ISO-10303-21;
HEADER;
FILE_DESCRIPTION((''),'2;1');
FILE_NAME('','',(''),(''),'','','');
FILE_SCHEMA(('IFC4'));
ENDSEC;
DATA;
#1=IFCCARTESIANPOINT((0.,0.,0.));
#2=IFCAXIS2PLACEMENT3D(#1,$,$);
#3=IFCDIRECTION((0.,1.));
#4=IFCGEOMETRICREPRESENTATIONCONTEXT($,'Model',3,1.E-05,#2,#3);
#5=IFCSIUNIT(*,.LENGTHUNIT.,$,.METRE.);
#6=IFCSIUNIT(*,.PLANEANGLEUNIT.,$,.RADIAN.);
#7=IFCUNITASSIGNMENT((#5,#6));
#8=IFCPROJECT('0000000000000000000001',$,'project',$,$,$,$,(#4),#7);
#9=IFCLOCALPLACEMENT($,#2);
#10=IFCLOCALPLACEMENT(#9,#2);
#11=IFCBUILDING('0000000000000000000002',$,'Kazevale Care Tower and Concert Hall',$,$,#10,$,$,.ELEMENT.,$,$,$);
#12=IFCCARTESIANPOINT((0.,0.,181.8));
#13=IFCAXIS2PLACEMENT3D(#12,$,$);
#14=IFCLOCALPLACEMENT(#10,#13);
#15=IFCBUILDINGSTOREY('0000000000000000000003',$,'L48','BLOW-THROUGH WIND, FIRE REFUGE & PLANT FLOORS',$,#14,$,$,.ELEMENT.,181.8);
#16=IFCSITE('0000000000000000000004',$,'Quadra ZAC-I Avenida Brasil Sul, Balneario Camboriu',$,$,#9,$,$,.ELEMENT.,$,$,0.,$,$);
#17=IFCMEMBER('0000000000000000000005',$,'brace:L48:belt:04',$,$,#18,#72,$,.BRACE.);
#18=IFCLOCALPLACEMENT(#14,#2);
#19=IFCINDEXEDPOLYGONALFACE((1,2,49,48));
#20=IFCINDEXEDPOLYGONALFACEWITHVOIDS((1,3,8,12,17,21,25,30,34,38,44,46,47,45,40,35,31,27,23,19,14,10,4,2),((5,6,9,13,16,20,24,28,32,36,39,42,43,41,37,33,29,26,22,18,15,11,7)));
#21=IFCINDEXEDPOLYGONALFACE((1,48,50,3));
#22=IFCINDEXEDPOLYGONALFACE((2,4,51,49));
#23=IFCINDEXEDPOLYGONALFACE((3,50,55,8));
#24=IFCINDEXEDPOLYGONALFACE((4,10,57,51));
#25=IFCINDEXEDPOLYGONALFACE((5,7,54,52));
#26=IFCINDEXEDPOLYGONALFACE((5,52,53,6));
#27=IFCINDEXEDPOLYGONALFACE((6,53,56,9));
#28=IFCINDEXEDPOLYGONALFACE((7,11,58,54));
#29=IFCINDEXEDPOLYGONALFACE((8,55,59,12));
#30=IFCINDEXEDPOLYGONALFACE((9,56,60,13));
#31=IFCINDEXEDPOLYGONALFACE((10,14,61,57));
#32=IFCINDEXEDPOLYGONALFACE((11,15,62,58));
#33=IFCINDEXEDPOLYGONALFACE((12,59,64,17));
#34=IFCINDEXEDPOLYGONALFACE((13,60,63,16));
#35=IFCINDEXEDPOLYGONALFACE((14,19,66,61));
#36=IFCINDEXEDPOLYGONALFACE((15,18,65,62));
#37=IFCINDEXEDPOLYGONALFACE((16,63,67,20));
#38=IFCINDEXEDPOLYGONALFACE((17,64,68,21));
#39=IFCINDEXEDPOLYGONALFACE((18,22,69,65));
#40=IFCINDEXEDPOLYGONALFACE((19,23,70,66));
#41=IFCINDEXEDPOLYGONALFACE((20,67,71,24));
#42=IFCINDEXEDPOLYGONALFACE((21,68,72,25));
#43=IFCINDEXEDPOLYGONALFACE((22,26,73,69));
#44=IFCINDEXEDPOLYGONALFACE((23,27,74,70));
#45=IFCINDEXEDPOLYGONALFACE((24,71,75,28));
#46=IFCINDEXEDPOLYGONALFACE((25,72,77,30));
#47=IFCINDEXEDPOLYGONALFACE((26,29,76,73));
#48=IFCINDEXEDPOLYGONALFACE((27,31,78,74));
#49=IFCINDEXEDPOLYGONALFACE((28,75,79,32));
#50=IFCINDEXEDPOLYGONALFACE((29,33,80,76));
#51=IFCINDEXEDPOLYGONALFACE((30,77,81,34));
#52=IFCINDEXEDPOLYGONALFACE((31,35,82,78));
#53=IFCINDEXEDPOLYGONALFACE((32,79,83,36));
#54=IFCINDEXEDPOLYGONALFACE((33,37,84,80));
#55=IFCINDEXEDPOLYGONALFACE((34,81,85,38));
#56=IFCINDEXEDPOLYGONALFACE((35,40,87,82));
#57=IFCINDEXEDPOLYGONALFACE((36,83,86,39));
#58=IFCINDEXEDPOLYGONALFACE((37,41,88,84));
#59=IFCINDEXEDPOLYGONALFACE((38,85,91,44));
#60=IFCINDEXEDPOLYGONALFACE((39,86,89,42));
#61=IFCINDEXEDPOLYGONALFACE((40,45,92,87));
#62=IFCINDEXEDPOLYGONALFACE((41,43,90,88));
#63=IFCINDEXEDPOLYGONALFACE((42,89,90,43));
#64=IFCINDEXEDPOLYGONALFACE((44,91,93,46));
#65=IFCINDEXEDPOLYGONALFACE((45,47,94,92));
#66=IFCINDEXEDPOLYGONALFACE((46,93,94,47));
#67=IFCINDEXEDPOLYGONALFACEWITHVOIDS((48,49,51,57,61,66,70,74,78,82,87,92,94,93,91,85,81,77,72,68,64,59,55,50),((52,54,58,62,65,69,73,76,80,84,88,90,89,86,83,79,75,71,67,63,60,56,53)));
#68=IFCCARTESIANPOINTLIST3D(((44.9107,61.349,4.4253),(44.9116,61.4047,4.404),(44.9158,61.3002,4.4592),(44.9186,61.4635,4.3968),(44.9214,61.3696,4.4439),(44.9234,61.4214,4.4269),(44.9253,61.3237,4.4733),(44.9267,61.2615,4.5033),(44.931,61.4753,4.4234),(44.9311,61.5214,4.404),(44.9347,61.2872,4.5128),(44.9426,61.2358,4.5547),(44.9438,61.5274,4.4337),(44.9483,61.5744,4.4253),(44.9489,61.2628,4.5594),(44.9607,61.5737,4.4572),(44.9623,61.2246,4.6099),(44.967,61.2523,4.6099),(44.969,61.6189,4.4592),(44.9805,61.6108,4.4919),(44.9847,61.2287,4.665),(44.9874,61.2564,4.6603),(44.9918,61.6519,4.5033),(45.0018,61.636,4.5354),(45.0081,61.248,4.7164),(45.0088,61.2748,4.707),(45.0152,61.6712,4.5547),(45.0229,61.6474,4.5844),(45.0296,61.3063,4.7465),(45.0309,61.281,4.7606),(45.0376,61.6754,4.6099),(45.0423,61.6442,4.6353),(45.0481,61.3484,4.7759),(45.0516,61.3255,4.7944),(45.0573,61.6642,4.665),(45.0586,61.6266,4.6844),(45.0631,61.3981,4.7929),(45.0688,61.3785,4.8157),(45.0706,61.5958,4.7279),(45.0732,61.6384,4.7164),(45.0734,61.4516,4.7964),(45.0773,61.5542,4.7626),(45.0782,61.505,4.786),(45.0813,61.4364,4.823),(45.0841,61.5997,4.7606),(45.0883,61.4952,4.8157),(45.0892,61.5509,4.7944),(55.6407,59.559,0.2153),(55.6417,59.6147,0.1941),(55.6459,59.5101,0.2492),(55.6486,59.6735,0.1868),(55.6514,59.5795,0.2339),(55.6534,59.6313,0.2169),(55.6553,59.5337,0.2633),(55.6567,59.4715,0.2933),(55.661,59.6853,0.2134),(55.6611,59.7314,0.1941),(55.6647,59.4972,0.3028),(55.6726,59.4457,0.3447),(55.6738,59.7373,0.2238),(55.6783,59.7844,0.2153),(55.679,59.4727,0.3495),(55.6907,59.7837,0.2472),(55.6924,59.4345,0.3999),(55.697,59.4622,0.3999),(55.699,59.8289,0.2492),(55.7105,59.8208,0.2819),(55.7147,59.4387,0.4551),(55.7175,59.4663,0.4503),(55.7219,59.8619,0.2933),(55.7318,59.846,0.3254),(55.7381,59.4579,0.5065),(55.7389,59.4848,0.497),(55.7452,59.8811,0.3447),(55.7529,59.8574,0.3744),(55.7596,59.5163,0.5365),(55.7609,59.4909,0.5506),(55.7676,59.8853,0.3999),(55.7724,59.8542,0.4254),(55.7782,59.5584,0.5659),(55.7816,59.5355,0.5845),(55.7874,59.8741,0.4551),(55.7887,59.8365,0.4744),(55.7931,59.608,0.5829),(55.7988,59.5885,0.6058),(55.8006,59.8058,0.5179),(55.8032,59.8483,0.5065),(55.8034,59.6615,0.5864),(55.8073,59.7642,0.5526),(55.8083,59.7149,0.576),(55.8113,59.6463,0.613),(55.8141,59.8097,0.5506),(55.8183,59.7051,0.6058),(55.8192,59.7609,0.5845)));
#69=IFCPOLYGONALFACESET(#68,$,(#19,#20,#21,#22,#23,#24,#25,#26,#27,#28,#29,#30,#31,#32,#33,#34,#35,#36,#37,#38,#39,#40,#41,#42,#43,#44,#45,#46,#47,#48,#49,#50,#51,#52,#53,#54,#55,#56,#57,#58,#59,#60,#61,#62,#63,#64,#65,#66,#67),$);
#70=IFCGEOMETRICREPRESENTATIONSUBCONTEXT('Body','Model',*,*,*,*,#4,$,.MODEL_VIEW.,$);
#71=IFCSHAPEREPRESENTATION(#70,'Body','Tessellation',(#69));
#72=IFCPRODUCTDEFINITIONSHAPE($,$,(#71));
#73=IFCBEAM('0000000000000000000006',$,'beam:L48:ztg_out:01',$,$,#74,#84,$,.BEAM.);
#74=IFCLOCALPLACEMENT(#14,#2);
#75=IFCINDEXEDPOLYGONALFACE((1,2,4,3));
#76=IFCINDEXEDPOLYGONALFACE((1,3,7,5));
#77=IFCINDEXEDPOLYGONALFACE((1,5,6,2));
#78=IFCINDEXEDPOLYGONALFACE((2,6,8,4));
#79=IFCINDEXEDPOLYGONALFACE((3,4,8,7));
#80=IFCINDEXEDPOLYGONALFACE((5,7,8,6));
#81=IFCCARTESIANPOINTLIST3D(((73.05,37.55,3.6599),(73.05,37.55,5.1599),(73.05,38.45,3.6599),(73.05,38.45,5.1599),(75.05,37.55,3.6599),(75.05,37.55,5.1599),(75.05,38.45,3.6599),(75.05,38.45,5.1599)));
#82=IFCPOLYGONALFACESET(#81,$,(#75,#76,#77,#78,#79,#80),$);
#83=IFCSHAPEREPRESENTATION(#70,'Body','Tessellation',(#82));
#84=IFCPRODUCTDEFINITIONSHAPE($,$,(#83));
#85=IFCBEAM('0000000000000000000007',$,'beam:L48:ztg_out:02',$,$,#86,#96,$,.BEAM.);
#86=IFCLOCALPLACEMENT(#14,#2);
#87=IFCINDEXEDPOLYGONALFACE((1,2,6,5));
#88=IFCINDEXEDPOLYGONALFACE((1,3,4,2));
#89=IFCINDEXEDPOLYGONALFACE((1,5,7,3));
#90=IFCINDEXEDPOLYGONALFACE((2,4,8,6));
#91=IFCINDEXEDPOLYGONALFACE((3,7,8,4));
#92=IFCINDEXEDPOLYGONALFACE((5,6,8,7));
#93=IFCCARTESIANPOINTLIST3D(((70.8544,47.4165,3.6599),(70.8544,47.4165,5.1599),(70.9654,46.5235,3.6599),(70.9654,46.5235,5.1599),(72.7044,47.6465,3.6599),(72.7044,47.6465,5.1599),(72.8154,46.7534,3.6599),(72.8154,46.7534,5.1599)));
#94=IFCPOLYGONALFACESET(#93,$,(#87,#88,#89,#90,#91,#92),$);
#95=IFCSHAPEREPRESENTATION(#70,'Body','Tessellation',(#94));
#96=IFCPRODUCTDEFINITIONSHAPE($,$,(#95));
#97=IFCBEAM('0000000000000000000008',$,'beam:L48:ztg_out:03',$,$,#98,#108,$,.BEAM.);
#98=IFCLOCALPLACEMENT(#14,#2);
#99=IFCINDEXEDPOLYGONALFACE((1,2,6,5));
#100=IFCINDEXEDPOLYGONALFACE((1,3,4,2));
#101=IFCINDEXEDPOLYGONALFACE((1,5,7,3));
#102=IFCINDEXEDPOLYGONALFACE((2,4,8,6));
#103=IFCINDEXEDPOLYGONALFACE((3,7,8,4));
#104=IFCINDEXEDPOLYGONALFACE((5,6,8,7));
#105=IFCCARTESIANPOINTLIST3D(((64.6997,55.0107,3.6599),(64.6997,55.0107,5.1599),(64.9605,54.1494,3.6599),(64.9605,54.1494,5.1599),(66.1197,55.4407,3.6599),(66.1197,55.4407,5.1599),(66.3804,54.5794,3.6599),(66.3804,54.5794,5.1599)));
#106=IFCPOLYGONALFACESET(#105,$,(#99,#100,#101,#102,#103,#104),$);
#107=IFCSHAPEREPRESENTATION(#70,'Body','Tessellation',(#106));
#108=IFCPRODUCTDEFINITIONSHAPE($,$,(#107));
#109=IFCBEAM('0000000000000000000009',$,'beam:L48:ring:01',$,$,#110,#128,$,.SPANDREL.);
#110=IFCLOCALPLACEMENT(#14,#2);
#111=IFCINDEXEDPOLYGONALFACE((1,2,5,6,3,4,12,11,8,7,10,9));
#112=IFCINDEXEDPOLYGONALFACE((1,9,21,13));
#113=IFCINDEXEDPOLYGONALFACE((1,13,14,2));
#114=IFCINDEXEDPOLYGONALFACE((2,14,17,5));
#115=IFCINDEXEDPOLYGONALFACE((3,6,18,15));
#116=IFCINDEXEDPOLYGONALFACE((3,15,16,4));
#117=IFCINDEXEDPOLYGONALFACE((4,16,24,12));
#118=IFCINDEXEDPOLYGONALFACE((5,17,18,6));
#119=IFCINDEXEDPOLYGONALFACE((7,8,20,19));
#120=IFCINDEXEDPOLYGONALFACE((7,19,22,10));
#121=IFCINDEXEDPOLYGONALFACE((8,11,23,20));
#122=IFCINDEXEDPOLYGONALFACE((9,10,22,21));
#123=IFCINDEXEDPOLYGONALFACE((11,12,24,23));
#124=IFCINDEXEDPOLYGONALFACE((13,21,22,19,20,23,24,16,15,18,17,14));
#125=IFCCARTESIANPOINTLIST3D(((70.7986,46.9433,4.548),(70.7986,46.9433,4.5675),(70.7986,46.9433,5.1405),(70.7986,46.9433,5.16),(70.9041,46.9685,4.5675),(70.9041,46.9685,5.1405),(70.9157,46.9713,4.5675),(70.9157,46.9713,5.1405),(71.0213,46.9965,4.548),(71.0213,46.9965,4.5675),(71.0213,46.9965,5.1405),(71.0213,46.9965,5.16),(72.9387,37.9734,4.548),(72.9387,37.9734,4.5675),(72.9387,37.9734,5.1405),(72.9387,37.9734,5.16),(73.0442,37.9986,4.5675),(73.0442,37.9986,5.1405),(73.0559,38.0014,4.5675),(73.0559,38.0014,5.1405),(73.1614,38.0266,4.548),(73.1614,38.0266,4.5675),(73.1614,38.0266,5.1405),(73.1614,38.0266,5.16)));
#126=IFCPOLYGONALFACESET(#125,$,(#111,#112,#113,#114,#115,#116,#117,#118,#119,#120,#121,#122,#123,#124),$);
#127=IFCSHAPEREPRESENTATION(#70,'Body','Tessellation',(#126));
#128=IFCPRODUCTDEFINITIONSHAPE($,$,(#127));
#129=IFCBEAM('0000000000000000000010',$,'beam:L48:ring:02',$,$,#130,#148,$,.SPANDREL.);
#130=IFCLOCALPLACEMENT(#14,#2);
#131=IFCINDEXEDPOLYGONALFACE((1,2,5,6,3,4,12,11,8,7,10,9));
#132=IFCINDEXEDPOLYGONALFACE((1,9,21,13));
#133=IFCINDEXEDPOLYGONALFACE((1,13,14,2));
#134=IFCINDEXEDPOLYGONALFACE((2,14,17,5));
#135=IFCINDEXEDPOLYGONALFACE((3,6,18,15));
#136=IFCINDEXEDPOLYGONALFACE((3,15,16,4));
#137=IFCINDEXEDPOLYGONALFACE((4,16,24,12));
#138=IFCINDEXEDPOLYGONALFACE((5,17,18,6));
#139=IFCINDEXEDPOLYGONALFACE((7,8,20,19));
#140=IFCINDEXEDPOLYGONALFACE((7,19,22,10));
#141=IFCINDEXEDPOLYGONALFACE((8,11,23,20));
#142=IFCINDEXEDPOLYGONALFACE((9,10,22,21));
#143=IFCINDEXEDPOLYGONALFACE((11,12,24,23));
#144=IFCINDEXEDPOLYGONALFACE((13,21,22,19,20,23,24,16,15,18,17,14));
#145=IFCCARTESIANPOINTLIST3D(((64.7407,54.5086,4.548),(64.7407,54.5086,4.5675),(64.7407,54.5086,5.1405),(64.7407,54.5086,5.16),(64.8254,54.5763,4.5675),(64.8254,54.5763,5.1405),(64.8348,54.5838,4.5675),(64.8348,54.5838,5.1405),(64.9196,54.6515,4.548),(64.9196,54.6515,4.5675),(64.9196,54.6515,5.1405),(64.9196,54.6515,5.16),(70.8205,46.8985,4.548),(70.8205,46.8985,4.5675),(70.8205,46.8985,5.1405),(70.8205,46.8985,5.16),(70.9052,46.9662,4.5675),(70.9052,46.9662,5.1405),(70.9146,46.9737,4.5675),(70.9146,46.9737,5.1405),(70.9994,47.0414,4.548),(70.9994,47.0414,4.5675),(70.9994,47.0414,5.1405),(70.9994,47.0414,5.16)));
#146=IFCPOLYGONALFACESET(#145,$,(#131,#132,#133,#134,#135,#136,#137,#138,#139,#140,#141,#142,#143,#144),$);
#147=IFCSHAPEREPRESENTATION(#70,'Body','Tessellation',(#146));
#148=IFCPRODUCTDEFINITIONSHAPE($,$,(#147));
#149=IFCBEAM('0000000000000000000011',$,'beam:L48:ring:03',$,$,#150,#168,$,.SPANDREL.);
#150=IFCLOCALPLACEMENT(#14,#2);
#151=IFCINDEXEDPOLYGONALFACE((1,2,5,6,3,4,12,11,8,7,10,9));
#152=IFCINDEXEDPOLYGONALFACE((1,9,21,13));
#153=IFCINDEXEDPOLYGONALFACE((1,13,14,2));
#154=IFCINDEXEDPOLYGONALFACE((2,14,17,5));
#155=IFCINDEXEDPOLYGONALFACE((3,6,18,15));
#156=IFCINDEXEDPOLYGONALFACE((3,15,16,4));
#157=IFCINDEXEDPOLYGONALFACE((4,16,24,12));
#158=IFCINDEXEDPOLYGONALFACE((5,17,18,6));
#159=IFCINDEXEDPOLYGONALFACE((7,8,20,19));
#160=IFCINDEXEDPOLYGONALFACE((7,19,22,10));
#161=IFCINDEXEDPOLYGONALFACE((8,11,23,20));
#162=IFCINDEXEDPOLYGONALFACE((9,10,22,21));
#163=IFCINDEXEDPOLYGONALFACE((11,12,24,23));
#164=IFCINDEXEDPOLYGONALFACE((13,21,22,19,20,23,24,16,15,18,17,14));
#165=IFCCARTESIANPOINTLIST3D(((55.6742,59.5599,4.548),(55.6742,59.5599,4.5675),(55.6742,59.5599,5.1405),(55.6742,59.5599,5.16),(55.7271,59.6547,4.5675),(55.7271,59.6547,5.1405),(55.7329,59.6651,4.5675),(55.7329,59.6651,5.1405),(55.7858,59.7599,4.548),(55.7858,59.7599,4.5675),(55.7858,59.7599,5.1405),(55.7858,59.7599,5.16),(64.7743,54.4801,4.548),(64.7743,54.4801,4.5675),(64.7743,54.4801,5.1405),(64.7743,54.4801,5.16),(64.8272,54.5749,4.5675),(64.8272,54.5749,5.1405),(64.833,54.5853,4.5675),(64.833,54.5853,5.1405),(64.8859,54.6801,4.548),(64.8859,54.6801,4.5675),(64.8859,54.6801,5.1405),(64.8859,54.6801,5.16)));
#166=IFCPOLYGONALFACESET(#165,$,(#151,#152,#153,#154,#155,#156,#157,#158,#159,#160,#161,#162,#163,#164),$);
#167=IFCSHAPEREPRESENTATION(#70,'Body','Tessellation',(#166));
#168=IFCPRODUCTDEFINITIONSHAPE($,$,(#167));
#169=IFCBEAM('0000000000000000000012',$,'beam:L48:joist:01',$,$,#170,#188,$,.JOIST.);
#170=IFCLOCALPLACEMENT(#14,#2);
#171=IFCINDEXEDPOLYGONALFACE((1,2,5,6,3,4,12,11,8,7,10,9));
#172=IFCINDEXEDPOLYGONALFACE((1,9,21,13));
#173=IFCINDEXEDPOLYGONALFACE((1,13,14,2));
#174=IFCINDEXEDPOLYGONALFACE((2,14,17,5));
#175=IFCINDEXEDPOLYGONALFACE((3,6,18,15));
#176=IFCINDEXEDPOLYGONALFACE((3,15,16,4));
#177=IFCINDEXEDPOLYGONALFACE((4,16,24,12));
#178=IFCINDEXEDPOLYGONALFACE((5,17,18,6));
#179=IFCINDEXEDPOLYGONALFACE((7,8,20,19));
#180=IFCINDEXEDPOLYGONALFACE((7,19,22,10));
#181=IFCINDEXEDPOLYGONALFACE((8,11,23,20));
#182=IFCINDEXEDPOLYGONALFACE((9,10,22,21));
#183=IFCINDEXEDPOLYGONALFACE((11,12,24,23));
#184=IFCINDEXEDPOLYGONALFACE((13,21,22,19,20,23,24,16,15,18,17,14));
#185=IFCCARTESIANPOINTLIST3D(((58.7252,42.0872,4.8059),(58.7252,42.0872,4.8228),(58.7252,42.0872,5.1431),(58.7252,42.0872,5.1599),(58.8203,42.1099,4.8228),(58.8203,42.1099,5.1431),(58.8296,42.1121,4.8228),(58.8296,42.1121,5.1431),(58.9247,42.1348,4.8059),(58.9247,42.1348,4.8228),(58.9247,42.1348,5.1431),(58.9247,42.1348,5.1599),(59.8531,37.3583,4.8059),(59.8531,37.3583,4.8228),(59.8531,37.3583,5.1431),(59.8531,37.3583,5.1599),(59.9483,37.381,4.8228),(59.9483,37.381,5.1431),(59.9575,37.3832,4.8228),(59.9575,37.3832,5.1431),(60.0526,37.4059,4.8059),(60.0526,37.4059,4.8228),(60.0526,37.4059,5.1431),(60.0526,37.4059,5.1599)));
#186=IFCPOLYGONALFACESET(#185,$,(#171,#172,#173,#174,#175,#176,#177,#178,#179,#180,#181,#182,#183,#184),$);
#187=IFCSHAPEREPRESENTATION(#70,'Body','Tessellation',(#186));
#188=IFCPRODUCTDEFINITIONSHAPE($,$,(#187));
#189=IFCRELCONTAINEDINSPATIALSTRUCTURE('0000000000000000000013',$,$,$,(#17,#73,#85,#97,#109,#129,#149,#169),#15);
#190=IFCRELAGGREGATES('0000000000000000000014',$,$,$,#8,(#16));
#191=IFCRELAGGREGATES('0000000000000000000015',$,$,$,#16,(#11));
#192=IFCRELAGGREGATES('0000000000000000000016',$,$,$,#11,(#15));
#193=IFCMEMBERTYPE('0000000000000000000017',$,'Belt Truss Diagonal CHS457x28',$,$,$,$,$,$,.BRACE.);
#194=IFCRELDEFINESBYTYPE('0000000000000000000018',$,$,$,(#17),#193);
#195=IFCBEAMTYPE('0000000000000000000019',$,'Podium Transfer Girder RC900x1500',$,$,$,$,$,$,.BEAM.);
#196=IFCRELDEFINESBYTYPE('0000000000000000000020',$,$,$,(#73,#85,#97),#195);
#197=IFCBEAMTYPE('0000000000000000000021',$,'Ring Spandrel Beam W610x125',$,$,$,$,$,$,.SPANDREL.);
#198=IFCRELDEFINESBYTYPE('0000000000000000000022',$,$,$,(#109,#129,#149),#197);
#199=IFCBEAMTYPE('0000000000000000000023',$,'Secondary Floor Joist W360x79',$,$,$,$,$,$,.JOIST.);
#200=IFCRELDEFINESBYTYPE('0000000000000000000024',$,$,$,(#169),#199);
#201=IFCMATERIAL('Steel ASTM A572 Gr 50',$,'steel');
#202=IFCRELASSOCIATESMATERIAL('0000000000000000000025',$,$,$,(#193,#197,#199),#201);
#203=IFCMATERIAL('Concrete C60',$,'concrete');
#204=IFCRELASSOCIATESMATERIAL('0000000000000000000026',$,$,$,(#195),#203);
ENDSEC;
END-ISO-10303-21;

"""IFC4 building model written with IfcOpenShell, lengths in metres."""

from ifc_helpers import new_model, si_unit, direction, frame, origin, origin_2d, place, context, subcontext, project, spatial, rectangle, hollow_circle, i_section, extrude, material, material_profile, profile_set, type_object, element, save


model = new_model("IFC4")

# Units and contexts
model_context = context("Model", 3, precision=1e-05, world=origin(), true_north=direction((0.0, 1.0)))
body_context = subcontext(model_context, "Body", "Model", "MODEL_VIEW")
ifc_project = project(units=[si_unit("LENGTHUNIT", "METRE"), si_unit("PLANEANGLEUNIT", "RADIAN")], contexts=[model_context])

# Site, building, storey
site_placement = place(None, origin())
site = spatial("IfcSite", under=ifc_project, at=site_placement, Name="Quadra ZAC-I Avenida Brasil Sul, Balneario Camboriu", CompositionType="ELEMENT", RefElevation=0.0)
building_placement = place(site_placement, origin())
building = spatial("IfcBuilding", under=site, at=building_placement, Name="Kazevale Care Tower and Concert Hall", CompositionType="ELEMENT")
storey_placement = place(building_placement, frame((0.0, 0.0, 181.8)))
storey = spatial("IfcBuildingStorey", under=building, at=storey_placement, Name="L48", Description="BLOW-THROUGH WIND, FIRE REFUGE & PLANT FLOORS", CompositionType="ELEMENT", Elevation=181.8)

# Shared definitions
ifc_material_1 = material(Name="Concrete C60", Category="concrete")

# Member
ifc_material_2 = material(Name="Steel ASTM A572 Gr 50", Category="steel")
ifc_material_profile_1 = material_profile(ifc_material_2, hollow_circle(Radius=0.2285, WallThickness=0.0281, at=origin_2d()), Name="CHS457x28")
ifc_profile_set_1 = profile_set([ifc_material_profile_1], Name="Steel ASTM A572 Gr 50")
member_type = type_object("IfcMemberType", Name="Belt Truss Diagonal CHS457x28", PredefinedType="BRACE", material=ifc_profile_set_1)
member_1_placement = place(storey_placement, frame((55.73, 59.6599, 0.3999), z_axis=(-0.919884, 0.15346, 0.360921), x_axis=(-0.164552, -0.986368, 0.0)))
element("IfcMember", 1, at=member_1_placement, inside=storey, type_object=member_type, Name="brace:L48:belt:04", PredefinedType="BRACE", context=body_context, shape_type="SweptSolid", body=[
    extrude(hollow_circle(Radius=0.2285, WallThickness=0.0281, at=origin_2d()), origin(), (0.0, 0.0, 1.0), 11.6646),
])

# Beams
ifc_material_profile_2 = material_profile(ifc_material_1, rectangle(XDim=0.8999, YDim=1.5, at=origin_2d()), Name="RC-TG900x1500")
ifc_profile_set_2 = profile_set([ifc_material_profile_2], Name="Concrete C60")
beam_type_1 = type_object("IfcBeamType", Name="Podium Transfer Girder RC900x1500", PredefinedType="BEAM", material=ifc_profile_set_2)
beam_1_placement = place(storey_placement, frame((73.05, 38.0, 4.4099), z_axis=(1.0, 0.0, 0.0), x_axis=(0.0, 1.0, 0.0)))
element("IfcBeam", 2, at=beam_1_placement, inside=storey, type_object=beam_type_1, Name="beam:L48:ztg_out:01", PredefinedType="BEAM", context=body_context, shape_type="SweptSolid", body=[
    extrude(rectangle(XDim=0.8999, YDim=1.5, at=origin_2d()), origin(), (0.0, 0.0, 1.0), 2.0),
])
beam_2_placement = place(storey_placement, frame((70.9099, 46.97, 4.4099), z_axis=(0.992362, 0.123358, 0.0), x_axis=(-0.123358, 0.992362, 0.0)))
element("IfcBeam", 3, at=beam_2_placement, inside=storey, type_object=beam_type_1, Name="beam:L48:ztg_out:02", PredefinedType="BEAM", context=body_context, shape_type="SweptSolid", body=[
    extrude(rectangle(XDim=0.8999, YDim=1.5, at=origin_2d()), origin(), (0.0, 0.0, 1.0), 1.8643),
])
beam_3_placement = place(storey_placement, frame((64.8301, 54.5801, 4.4099), z_axis=(0.957089, 0.289793, 0.0), x_axis=(-0.289793, 0.957089, 0.0)))
element("IfcBeam", 4, at=beam_3_placement, inside=storey, type_object=beam_type_1, Name="beam:L48:ztg_out:03", PredefinedType="BEAM", context=body_context, shape_type="SweptSolid", body=[
    extrude(rectangle(XDim=0.8999, YDim=1.5, at=origin_2d()), origin(), (0.0, 0.0, 1.0), 1.4836),
])
ifc_material_profile_3 = material_profile(ifc_material_2, i_section(OverallWidth=0.229, OverallDepth=0.6121, WebThickness=0.012, FlangeThickness=0.0195, at=origin_2d()), Name="W610x125")
ifc_profile_set_3 = profile_set([ifc_material_profile_3], Name="Steel ASTM A572 Gr 50")
beam_type_2 = type_object("IfcBeamType", Name="Ring Spandrel Beam W610x125", PredefinedType="SPANDREL", material=ifc_profile_set_3)
beam_4_placement = place(storey_placement, frame((73.05, 38.0, 4.854), z_axis=(-0.232075, 0.972698, 0.0), x_axis=(-0.972698, -0.232075, 0.0)))
element("IfcBeam", 5, at=beam_4_placement, inside=storey, type_object=beam_type_2, Name="beam:L48:ring:01", PredefinedType="SPANDREL", context=body_context, shape_type="SweptSolid", body=[
    extrude(i_section(OverallWidth=0.229, OverallDepth=0.6121, WebThickness=0.012, FlangeThickness=0.0195, at=origin_2d()), origin(), (0.0, 0.0, 1.0), 9.2217),
])
beam_5_placement = place(storey_placement, frame((70.9099, 46.97, 4.854), z_axis=(-0.624178, 0.781282, 0.0), x_axis=(-0.781282, -0.624178, 0.0)))
element("IfcBeam", 6, at=beam_5_placement, inside=storey, type_object=beam_type_2, Name="beam:L48:ring:02", PredefinedType="SPANDREL", context=body_context, shape_type="SweptSolid", body=[
    extrude(i_section(OverallWidth=0.229, OverallDepth=0.6121, WebThickness=0.012, FlangeThickness=0.0195, at=origin_2d()), origin(), (0.0, 0.0, 1.0), 9.7405),
])
beam_6_placement = place(storey_placement, frame((64.8301, 54.5801, 4.854), z_axis=(-0.873169, 0.487418, 0.0), x_axis=(-0.487418, -0.873169, 0.0)))
element("IfcBeam", 7, at=beam_6_placement, inside=storey, type_object=beam_type_2, Name="beam:L48:ring:03", PredefinedType="SPANDREL", context=body_context, shape_type="SweptSolid", body=[
    extrude(i_section(OverallWidth=0.229, OverallDepth=0.6121, WebThickness=0.012, FlangeThickness=0.0195, at=origin_2d()), origin(), (0.0, 0.0, 1.0), 10.4219),
])
ifc_material_profile_4 = material_profile(ifc_material_2, i_section(OverallWidth=0.2051, OverallDepth=0.354, WebThickness=0.0095, FlangeThickness=0.0168, at=origin_2d()), Name="W360x79")
ifc_profile_set_4 = profile_set([ifc_material_profile_4], Name="Steel ASTM A572 Gr 50")
beam_type_3 = type_object("IfcBeamType", Name="Secondary Floor Joist W360x79", PredefinedType="JOIST", material=ifc_profile_set_4)
beam_7_placement = place(storey_placement, frame((59.9529, 37.3821, 4.9829), z_axis=(-0.232005, 0.972715, 0.0), x_axis=(-0.972715, -0.232005, 0.0)))
element("IfcBeam", 8, at=beam_7_placement, inside=storey, type_object=beam_type_3, Name="beam:L48:joist:01", PredefinedType="JOIST", context=body_context, shape_type="SweptSolid", body=[
    extrude(i_section(OverallWidth=0.2051, OverallDepth=0.354, WebThickness=0.0095, FlangeThickness=0.0168, at=origin_2d()), origin(), (0.0, 0.0, 1.0), 4.8616),
])

save(model, "model.ifc")
